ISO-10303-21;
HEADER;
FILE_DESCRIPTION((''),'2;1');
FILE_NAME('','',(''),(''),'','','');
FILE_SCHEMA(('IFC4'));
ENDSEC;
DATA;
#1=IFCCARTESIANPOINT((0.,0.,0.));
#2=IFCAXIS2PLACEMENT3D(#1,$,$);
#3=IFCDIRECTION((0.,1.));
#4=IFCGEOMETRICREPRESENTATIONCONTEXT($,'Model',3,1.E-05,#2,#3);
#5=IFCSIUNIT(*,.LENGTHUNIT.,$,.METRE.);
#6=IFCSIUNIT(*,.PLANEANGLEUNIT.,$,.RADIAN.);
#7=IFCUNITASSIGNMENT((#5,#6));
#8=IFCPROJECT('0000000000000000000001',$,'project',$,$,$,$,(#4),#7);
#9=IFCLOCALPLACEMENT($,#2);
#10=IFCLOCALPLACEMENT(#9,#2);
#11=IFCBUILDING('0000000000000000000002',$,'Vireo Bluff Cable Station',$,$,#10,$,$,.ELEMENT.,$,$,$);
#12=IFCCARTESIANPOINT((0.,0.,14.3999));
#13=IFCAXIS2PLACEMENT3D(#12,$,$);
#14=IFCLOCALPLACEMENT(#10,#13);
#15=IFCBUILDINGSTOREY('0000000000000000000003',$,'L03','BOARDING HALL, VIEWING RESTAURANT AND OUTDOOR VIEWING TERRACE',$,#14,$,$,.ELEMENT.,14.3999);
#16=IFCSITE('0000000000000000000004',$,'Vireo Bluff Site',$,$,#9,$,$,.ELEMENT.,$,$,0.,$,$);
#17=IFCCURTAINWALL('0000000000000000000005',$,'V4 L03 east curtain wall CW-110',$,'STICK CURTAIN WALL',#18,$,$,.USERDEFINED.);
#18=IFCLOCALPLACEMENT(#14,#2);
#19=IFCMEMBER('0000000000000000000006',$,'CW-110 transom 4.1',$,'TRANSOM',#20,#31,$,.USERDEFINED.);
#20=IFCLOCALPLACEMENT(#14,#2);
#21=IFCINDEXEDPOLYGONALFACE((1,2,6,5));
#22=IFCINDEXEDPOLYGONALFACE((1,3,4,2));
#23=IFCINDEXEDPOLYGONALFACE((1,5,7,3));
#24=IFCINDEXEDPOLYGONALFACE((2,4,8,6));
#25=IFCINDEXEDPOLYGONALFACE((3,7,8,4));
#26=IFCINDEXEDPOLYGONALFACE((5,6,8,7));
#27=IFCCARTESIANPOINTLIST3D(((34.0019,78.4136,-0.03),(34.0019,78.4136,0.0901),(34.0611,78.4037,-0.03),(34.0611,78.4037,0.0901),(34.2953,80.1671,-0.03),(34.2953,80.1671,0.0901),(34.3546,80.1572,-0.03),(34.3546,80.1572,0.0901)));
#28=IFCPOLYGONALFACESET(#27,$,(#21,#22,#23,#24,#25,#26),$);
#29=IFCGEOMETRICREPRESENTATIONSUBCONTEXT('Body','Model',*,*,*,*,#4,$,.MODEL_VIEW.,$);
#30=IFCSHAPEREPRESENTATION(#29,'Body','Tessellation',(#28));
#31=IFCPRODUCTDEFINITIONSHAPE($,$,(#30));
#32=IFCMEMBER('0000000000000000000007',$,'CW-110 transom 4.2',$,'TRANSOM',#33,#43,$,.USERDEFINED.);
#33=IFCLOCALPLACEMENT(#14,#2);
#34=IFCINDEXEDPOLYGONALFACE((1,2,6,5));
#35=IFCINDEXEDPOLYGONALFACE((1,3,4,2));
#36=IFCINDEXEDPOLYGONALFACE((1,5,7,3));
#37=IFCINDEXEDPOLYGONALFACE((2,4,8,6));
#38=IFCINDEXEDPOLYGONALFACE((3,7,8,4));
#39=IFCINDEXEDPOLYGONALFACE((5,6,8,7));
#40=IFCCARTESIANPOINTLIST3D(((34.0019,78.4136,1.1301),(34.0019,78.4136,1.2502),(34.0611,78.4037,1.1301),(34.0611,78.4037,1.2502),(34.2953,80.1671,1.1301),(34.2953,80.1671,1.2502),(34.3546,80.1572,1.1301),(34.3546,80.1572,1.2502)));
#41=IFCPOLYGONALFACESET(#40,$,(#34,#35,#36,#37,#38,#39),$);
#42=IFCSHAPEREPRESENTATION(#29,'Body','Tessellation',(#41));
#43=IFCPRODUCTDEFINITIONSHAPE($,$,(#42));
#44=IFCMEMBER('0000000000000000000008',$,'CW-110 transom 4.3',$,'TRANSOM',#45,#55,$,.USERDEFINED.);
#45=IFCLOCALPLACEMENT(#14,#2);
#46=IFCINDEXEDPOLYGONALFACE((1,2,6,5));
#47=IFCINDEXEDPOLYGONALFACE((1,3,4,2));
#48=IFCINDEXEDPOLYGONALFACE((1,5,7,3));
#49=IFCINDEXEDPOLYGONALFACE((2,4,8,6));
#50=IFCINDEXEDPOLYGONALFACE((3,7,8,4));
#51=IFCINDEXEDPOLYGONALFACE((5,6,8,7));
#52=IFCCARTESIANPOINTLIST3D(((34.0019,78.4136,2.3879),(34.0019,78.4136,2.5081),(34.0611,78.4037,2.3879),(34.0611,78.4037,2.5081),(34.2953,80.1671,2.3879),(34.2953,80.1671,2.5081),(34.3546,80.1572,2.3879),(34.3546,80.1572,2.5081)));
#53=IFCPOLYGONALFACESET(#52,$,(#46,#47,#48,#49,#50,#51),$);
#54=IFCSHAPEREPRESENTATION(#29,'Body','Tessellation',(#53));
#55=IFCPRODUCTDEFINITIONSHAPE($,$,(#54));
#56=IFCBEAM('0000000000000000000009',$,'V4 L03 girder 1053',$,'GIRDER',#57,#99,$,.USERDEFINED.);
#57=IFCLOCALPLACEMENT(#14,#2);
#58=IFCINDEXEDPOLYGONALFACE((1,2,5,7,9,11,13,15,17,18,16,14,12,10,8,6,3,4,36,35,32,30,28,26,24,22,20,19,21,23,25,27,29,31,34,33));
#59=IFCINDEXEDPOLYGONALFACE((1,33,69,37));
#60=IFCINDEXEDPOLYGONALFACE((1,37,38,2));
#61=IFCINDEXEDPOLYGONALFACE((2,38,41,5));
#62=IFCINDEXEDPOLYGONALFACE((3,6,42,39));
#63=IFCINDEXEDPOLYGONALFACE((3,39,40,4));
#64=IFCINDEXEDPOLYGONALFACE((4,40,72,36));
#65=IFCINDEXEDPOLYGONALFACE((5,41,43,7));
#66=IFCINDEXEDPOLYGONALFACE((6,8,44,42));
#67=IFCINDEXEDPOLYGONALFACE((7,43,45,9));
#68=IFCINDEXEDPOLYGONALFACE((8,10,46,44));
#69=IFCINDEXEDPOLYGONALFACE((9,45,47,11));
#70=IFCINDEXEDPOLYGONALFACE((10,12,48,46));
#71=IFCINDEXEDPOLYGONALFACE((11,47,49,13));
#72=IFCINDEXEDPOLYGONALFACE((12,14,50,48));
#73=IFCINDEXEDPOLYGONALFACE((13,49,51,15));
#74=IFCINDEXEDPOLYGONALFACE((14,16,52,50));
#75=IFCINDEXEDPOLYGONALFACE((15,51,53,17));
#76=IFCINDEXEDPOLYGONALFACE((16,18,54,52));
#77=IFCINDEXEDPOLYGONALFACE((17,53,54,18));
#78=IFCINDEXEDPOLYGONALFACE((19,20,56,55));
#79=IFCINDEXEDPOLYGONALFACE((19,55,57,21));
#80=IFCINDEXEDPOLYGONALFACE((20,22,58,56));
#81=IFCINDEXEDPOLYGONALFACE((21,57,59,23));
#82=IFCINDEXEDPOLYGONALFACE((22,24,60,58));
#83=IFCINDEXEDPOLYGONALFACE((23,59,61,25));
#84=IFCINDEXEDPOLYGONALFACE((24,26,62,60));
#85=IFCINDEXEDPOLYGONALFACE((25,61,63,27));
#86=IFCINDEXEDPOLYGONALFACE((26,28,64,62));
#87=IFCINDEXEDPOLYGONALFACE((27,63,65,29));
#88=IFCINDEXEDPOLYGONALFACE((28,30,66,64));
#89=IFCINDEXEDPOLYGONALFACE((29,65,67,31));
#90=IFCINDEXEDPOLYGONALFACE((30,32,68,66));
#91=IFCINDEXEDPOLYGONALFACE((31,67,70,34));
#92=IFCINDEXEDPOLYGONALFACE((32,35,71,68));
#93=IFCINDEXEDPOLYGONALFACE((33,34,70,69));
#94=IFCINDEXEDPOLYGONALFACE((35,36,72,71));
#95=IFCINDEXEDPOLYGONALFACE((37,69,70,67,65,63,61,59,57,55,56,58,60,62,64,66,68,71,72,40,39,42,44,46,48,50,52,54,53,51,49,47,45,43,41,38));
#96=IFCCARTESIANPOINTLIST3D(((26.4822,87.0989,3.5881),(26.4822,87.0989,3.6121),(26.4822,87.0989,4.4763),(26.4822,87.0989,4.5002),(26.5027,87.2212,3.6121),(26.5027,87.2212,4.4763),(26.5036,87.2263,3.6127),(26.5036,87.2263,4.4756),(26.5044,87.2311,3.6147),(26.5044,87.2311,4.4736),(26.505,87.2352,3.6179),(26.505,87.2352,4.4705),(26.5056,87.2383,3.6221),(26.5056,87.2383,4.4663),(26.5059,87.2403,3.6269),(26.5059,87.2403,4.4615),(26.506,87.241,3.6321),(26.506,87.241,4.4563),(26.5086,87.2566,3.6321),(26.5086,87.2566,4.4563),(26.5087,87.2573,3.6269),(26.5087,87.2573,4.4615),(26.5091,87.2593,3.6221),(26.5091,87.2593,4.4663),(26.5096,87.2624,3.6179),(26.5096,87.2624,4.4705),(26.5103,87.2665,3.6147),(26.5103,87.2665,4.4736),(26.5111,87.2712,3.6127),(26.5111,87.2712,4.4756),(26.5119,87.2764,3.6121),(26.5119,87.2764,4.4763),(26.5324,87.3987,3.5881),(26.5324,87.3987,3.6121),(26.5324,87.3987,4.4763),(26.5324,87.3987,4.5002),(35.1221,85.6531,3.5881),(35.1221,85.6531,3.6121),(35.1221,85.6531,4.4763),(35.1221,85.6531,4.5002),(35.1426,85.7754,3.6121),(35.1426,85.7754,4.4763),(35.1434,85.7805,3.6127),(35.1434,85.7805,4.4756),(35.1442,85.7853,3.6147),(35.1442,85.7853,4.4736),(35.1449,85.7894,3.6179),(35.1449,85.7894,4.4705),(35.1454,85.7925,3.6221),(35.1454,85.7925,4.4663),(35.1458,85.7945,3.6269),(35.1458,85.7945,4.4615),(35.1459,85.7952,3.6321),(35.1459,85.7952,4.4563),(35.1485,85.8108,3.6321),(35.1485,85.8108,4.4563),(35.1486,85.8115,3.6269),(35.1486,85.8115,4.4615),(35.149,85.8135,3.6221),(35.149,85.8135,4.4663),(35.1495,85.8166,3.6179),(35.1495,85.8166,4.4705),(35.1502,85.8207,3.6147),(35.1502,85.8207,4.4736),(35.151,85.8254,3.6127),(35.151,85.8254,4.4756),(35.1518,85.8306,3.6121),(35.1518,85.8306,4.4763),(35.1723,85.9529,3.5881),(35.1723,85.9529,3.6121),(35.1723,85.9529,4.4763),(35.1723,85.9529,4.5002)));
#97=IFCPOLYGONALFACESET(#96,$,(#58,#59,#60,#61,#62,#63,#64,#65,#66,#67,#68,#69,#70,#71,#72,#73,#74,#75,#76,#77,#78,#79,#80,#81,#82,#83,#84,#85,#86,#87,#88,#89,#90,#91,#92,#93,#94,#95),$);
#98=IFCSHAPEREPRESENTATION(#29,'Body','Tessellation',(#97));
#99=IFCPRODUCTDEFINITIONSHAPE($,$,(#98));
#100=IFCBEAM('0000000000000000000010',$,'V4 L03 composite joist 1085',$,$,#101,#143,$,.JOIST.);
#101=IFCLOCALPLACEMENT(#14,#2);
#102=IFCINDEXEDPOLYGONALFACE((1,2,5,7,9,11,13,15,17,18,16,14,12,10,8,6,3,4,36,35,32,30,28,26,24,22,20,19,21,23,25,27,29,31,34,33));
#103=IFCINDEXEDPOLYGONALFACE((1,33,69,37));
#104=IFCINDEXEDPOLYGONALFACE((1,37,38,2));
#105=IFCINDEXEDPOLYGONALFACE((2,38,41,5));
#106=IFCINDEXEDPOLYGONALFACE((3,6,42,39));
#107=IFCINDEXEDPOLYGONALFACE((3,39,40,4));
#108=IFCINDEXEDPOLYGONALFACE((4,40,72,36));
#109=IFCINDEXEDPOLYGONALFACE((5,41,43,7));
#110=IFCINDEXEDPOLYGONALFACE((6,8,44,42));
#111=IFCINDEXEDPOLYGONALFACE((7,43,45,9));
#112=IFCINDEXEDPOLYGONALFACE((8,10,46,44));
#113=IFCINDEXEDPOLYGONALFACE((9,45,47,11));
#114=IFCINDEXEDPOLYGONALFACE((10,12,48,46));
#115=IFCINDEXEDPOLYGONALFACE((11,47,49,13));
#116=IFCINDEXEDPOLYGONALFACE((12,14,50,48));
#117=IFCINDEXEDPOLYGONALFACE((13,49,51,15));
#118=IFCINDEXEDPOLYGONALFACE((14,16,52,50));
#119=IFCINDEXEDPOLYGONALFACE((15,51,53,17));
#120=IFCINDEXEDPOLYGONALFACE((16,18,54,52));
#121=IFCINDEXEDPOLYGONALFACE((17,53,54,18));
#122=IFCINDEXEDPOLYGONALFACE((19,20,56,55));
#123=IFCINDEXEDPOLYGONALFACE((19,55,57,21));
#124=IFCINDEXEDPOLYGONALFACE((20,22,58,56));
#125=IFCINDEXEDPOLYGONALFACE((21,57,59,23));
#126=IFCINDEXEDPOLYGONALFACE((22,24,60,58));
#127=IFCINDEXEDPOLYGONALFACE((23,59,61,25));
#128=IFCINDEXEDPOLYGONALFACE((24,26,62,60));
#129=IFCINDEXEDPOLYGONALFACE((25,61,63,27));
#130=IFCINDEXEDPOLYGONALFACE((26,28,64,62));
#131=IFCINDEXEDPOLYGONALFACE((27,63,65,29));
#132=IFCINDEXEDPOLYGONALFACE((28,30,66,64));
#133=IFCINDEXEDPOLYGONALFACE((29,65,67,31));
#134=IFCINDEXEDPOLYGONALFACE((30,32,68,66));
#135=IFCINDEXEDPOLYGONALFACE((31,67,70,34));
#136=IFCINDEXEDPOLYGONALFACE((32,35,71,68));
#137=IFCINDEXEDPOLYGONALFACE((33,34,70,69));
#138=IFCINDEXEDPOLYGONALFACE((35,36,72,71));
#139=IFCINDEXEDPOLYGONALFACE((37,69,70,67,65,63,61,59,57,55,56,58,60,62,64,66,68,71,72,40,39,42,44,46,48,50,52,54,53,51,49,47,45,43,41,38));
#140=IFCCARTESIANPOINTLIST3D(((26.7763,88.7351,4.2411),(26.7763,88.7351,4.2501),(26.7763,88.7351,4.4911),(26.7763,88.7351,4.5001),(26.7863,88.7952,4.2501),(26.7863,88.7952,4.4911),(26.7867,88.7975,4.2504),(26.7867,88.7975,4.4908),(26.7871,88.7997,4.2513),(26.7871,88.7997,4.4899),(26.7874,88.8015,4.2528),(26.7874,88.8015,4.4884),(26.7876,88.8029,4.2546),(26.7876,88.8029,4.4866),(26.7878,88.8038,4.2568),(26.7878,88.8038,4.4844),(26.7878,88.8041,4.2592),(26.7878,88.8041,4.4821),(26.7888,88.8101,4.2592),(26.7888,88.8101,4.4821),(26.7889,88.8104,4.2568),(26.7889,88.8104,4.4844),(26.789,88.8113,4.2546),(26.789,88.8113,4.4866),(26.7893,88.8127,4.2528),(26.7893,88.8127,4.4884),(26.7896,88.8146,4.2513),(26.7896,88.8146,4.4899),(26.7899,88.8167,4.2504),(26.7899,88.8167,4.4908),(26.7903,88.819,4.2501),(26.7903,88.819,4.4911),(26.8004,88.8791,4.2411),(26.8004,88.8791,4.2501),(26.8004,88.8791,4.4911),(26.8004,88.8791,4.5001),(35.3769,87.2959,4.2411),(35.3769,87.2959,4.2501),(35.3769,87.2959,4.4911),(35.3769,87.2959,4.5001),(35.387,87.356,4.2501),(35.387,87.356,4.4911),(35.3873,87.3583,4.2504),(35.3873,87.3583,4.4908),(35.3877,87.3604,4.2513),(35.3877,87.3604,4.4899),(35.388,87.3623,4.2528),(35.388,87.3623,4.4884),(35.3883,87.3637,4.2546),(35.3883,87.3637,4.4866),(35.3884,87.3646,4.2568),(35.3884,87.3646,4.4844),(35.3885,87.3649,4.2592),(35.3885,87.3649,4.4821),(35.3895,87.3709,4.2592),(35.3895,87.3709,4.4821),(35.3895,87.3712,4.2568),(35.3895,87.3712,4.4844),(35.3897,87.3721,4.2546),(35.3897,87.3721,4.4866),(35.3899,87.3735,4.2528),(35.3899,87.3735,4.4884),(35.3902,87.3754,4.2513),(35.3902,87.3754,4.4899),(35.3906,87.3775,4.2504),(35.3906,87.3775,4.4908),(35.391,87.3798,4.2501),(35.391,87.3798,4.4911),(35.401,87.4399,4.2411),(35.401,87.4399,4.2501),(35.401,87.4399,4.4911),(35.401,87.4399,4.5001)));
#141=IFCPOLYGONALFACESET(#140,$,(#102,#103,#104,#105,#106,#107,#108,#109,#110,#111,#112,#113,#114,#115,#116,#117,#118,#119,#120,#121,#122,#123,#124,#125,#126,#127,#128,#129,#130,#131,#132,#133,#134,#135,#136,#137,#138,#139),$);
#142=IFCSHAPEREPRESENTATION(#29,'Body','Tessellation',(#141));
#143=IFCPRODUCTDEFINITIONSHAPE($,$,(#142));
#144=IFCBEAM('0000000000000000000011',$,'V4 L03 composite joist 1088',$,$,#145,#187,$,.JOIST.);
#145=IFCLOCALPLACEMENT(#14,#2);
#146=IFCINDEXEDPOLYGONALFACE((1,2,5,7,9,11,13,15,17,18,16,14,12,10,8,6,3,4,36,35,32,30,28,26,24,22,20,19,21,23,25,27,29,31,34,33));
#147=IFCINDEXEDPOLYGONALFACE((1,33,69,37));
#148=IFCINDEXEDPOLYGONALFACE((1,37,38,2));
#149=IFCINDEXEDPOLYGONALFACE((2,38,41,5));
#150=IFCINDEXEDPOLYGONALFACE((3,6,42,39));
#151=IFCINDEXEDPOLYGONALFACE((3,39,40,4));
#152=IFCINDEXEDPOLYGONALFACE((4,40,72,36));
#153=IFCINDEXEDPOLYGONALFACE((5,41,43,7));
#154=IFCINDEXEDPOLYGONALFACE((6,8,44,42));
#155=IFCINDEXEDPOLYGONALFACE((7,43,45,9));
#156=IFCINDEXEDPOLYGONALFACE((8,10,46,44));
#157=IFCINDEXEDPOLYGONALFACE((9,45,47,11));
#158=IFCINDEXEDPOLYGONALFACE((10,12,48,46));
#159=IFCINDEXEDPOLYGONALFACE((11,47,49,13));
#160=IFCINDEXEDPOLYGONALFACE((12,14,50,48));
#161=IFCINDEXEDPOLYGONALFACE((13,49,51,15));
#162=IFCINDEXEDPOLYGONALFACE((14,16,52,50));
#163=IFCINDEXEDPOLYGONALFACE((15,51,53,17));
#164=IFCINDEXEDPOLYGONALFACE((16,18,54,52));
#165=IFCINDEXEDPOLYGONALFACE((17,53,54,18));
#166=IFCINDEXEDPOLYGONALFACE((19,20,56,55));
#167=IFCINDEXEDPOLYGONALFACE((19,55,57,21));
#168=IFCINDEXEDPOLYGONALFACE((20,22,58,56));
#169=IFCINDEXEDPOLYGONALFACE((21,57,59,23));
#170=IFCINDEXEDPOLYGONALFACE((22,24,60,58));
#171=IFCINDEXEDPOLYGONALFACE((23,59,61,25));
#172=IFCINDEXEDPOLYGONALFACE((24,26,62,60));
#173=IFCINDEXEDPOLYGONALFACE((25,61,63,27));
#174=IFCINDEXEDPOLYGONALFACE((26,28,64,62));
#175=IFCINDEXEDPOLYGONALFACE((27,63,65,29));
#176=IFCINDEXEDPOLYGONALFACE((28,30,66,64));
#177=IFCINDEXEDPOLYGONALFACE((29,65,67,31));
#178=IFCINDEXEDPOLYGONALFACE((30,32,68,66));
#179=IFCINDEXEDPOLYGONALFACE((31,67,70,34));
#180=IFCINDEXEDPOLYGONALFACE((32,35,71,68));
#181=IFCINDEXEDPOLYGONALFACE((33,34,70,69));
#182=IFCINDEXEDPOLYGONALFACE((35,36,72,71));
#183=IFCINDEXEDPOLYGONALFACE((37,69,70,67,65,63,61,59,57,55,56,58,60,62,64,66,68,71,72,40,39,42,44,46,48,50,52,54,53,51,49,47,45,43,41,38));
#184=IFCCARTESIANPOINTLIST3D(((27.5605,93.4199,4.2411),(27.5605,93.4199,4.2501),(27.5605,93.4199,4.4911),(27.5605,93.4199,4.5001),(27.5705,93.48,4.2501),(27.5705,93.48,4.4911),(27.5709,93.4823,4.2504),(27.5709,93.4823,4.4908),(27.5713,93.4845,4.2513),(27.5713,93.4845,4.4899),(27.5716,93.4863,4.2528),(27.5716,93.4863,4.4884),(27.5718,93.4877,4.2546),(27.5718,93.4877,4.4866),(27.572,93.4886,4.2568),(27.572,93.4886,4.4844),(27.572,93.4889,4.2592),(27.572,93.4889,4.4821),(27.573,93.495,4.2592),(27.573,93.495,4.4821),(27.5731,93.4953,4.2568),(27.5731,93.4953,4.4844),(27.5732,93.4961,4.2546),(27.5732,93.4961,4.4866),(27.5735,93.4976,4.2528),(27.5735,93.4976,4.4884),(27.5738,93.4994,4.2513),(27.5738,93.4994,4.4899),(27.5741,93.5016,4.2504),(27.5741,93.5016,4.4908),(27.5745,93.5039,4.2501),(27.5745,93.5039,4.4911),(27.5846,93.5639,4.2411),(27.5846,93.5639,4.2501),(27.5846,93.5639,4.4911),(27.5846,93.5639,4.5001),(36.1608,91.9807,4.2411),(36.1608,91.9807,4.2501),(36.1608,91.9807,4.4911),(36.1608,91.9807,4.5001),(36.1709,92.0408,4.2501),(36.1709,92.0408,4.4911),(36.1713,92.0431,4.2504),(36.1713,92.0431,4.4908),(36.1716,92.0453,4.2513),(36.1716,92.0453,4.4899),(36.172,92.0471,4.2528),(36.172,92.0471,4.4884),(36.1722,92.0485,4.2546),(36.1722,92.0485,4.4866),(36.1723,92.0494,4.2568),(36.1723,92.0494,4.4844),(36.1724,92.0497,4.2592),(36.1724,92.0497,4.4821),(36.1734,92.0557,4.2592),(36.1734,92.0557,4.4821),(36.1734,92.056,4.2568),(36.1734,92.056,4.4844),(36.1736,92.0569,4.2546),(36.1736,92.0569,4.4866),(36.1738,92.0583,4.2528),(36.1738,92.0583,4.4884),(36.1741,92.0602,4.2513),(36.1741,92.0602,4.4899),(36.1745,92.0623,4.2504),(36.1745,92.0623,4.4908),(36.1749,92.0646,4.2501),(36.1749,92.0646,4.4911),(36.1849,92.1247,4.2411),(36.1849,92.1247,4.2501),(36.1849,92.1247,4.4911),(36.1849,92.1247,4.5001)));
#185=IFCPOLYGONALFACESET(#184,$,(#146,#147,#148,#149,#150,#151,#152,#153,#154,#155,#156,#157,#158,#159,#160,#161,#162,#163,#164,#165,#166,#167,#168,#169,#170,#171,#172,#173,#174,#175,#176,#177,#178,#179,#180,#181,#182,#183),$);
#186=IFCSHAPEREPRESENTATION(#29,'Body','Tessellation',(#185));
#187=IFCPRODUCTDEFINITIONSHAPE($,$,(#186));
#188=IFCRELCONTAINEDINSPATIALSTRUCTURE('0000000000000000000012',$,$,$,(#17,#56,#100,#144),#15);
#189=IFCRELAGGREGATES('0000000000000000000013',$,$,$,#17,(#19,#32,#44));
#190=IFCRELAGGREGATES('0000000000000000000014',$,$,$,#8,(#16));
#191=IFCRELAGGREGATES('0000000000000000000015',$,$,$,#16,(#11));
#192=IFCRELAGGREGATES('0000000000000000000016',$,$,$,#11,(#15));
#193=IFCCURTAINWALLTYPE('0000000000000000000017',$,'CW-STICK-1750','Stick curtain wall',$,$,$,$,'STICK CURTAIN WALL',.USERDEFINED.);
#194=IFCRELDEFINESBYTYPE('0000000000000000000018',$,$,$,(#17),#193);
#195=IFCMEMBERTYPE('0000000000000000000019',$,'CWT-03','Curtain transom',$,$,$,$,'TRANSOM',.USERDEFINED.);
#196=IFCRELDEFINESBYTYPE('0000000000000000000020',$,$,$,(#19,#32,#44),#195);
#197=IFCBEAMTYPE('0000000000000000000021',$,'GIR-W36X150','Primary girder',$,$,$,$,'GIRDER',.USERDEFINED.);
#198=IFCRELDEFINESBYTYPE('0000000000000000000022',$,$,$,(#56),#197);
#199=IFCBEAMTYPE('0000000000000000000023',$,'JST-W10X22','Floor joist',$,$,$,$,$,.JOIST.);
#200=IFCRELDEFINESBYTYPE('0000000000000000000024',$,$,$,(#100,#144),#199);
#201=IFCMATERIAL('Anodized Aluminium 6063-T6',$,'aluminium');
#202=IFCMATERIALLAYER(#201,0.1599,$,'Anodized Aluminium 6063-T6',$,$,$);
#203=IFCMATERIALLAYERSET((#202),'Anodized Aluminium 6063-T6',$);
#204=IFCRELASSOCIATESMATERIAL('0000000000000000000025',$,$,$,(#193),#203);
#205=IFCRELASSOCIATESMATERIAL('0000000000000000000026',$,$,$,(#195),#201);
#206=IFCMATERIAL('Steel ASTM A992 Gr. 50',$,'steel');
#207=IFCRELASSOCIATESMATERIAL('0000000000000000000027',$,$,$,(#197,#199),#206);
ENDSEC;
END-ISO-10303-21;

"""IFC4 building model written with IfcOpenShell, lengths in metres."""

from ifc_helpers import new_model, si_unit, direction, frame, origin, origin_2d, place, context, subcontext, project, spatial, rectangle, i_section, extrude, material, layer, layer_set, material_profile, profile_set, type_object, element, aggregate, save


model = new_model("IFC4")

# Units and contexts
model_context = context("Model", 3, precision=1e-05, world=origin(), true_north=direction((0.0, 1.0)))
body_context = subcontext(model_context, "Body", "Model", "MODEL_VIEW")
ifc_project = project(units=[si_unit("LENGTHUNIT", "METRE"), si_unit("PLANEANGLEUNIT", "RADIAN")], contexts=[model_context])

# Site, building, storey
site_placement = place(None, origin())
site = spatial("IfcSite", under=ifc_project, at=site_placement, Name="Vireo Bluff Site", CompositionType="ELEMENT", RefElevation=0.0)
building_placement = place(site_placement, origin())
building = spatial("IfcBuilding", under=site, at=building_placement, Name="Vireo Bluff Cable Station", CompositionType="ELEMENT")
storey_placement = place(building_placement, frame((0.0, 0.0, 14.3999)))
storey = spatial("IfcBuildingStorey", under=building, at=storey_placement, Name="L03", Description="BOARDING HALL, VIEWING RESTAURANT AND OUTDOOR VIEWING TERRACE", CompositionType="ELEMENT", Elevation=14.3999)

# Shared definitions
ifc_material_1 = material(Name="Steel ASTM A992 Gr. 50", Category="steel")

# Curtain wall, members
ifc_material_2 = material(Name="Anodized Aluminium 6063-T6", Category="aluminium")
ifc_layer_1 = layer(ifc_material_2, 0.1599, Name="Anodized Aluminium 6063-T6")
ifc_layer_set_1 = layer_set([ifc_layer_1], Name="Anodized Aluminium 6063-T6")
curtain_wall_type_1 = type_object("IfcCurtainWallType", Name="CW-STICK-1750", Description="Stick curtain wall", ElementType="STICK CURTAIN WALL", PredefinedType="USERDEFINED", material=ifc_layer_set_1)
curtain_wall_1_placement = place(storey_placement, origin())
curtain_wall_1 = element("IfcCurtainWall", 1, at=curtain_wall_1_placement, inside=storey, type_object=curtain_wall_type_1, Name="V4 L03 east curtain wall CW-110", ObjectType="STICK CURTAIN WALL", PredefinedType="USERDEFINED")
ifc_material_profile_1 = material_profile(ifc_material_2, rectangle(XDim=0.0601, YDim=0.1201, at=origin_2d()), Name="ALU-T-60X120")
ifc_profile_set_1 = profile_set([ifc_material_profile_1], Name="Anodized Aluminium 6063-T6")
member_type_1 = type_object("IfcMemberType", Name="CWT-03", Description="Curtain transom", ElementType="TRANSOM", PredefinedType="USERDEFINED", material=ifc_profile_set_1)
member_1_placement = place(storey_placement, frame((34.325, 80.1621, 0.03), z_axis=(-0.165067, -0.986282, 0.0), x_axis=(0.986282, -0.165067, 0.0)))
member_1 = element("IfcMember", 2, at=member_1_placement, type_object=member_type_1, Name="CW-110 transom 4.1", ObjectType="TRANSOM", PredefinedType="USERDEFINED", context=body_context, shape_type="SweptSolid", body=[
    extrude(rectangle(XDim=0.0601, YDim=0.1201, at=origin_2d()), origin(), (0.0, 0.0, 1.0), 1.7778),
])
member_2_placement = place(storey_placement, frame((34.325, 80.1621, 1.1902), z_axis=(-0.165067, -0.986282, 0.0), x_axis=(0.986282, -0.165067, 0.0)))
member_2 = element("IfcMember", 3, at=member_2_placement, type_object=member_type_1, Name="CW-110 transom 4.2", ObjectType="TRANSOM", PredefinedType="USERDEFINED", context=body_context, shape_type="SweptSolid", body=[
    extrude(rectangle(XDim=0.0601, YDim=0.1201, at=origin_2d()), origin(), (0.0, 0.0, 1.0), 1.7778),
])
member_3_placement = place(storey_placement, frame((34.325, 80.1621, 2.448), z_axis=(-0.165067, -0.986282, 0.0), x_axis=(0.986282, -0.165067, 0.0)))
member_3 = element("IfcMember", 4, at=member_3_placement, type_object=member_type_1, Name="CW-110 transom 4.3", ObjectType="TRANSOM", PredefinedType="USERDEFINED", context=body_context, shape_type="SweptSolid", body=[
    extrude(rectangle(XDim=0.0601, YDim=0.1201, at=origin_2d()), origin(), (0.0, 0.0, 1.0), 1.7778),
])
aggregate(curtain_wall_1, [member_1, member_2, member_3])

# Beams
ifc_material_profile_2 = material_profile(ifc_material_1, i_section(OverallWidth=0.304, OverallDepth=0.9121, WebThickness=0.0159, FlangeThickness=0.0239, FilletRadius=0.02, at=origin_2d()), Name="W36X150")
ifc_profile_set_2 = profile_set([ifc_material_profile_2], Name="Steel ASTM A992 Gr. 50")
beam_type_1 = type_object("IfcBeamType", Name="GIR-W36X150", Description="Primary girder", ElementType="GIRDER", PredefinedType="USERDEFINED", material=ifc_profile_set_2)
beam_1_placement = place(storey_placement, frame((26.5073, 87.2488, 4.0442), z_axis=(0.986286, -0.165045, 0.0), x_axis=(0.165045, 0.986286, 0.0)))
element("IfcBeam", 5, at=beam_1_placement, inside=storey, type_object=beam_type_1, Name="V4 L03 girder 1053", ObjectType="GIRDER", PredefinedType="USERDEFINED", context=body_context, shape_type="SweptSolid", body=[
    extrude(i_section(OverallWidth=0.304, OverallDepth=0.9121, WebThickness=0.0159, FlangeThickness=0.0239, FilletRadius=0.02, at=origin_2d()), origin(), (0.0, 0.0, 1.0), 8.76),
])
ifc_material_profile_3 = material_profile(ifc_material_1, i_section(OverallWidth=0.146, OverallDepth=0.259, WebThickness=0.0061, FlangeThickness=0.009, FilletRadius=0.009, at=origin_2d()), Name="W10X22")
ifc_profile_set_3 = profile_set([ifc_material_profile_3], Name="Steel ASTM A992 Gr. 50")
beam_type_2 = type_object("IfcBeamType", Name="JST-W10X22", Description="Floor joist", PredefinedType="JOIST", material=ifc_profile_set_3)
beam_2_placement = place(storey_placement, frame((26.7883, 88.8071, 4.3706), z_axis=(0.986286, -0.165044, 0.0), x_axis=(0.165044, 0.986286, 0.0)))
element("IfcBeam", 6, at=beam_2_placement, inside=storey, type_object=beam_type_2, Name="V4 L03 composite joist 1085", PredefinedType="JOIST", context=body_context, shape_type="SweptSolid", body=[
    extrude(i_section(OverallWidth=0.146, OverallDepth=0.259, WebThickness=0.0061, FlangeThickness=0.009, FilletRadius=0.009, at=origin_2d()), origin(), (0.0, 0.0, 1.0), 8.7202),
])
beam_3_placement = place(storey_placement, frame((27.5725, 93.4919, 4.3706), z_axis=(0.986286, -0.165048, 0.0), x_axis=(0.165048, 0.986286, 0.0)))
element("IfcBeam", 7, at=beam_3_placement, inside=storey, type_object=beam_type_2, Name="V4 L03 composite joist 1088", PredefinedType="JOIST", context=body_context, shape_type="SweptSolid", body=[
    extrude(i_section(OverallWidth=0.146, OverallDepth=0.259, WebThickness=0.0061, FlangeThickness=0.009, FilletRadius=0.009, at=origin_2d()), origin(), (0.0, 0.0, 1.0), 8.72),
])

save(model, "model.ifc")
